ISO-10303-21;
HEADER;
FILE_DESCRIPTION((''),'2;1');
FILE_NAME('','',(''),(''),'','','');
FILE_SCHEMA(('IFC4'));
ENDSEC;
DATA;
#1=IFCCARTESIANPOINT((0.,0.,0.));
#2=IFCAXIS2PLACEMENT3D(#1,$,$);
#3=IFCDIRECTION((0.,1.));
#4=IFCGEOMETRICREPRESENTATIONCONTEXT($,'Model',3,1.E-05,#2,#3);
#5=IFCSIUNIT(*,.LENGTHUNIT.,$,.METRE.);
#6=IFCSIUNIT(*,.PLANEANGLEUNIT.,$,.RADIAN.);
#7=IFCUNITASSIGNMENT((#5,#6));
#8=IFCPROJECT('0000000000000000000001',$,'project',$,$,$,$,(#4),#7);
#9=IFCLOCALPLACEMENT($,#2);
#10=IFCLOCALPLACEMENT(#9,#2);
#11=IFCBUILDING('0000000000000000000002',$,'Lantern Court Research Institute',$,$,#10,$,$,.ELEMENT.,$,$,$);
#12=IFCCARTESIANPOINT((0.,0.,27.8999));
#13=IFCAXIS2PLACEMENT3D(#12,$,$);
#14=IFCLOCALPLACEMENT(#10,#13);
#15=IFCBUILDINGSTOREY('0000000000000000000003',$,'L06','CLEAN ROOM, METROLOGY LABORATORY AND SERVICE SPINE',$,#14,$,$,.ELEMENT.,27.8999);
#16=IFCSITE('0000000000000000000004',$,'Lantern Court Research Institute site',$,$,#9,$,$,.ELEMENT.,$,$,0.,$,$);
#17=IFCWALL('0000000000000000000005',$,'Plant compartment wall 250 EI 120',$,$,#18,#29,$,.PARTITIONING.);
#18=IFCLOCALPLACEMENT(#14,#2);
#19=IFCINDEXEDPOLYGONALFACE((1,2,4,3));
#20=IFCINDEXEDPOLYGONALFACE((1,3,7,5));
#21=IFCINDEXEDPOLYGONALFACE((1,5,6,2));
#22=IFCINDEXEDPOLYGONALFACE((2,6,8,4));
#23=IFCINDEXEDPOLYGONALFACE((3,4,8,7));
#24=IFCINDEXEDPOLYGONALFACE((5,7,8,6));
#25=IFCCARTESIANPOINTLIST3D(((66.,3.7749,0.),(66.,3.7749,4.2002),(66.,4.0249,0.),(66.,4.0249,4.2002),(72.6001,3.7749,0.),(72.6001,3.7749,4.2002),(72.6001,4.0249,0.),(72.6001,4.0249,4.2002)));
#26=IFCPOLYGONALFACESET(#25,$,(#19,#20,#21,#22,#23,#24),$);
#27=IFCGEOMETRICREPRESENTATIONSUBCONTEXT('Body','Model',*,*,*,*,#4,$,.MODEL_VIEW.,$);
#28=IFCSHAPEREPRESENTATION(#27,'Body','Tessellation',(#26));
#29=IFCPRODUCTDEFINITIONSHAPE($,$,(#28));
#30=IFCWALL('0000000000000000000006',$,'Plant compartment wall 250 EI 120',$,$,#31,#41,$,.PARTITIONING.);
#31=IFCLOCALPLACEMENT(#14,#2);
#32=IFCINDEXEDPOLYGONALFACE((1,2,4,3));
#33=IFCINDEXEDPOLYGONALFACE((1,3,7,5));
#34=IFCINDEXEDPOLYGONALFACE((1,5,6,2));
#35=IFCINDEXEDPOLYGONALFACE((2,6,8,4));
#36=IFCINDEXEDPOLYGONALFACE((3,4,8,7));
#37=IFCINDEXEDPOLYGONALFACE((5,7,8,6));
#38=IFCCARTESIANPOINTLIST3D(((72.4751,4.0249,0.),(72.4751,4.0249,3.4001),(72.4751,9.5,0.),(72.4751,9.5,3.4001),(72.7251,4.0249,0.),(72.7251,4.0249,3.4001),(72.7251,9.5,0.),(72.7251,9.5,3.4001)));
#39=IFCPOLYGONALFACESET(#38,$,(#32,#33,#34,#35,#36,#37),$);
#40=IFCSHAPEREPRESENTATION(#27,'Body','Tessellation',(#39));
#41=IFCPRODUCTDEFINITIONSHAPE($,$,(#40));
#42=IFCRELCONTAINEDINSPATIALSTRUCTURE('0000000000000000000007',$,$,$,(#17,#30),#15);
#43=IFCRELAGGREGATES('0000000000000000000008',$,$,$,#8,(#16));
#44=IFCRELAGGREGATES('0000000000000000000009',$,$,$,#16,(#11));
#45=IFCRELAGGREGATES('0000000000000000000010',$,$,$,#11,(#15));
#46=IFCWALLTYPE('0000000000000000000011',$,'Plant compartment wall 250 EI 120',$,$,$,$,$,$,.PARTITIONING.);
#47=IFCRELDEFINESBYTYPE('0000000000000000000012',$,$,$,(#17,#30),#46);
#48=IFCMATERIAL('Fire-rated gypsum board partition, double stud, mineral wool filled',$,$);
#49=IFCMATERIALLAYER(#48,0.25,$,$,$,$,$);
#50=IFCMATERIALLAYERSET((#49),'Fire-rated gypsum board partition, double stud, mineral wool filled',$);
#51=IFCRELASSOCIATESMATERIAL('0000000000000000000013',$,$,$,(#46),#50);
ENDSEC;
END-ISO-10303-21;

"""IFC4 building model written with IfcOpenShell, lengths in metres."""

from ifc_helpers import new_model, si_unit, direction, frame, frame_2d, origin, place, context, subcontext, project, spatial, rectangle, extrude, material, layer, layer_set, type_object, element, save


model = new_model("IFC4")

# Units and contexts
model_context = context("Model", 3, precision=1e-05, world=origin(), true_north=direction((0.0, 1.0)))
body_context = subcontext(model_context, "Body", "Model", "MODEL_VIEW")
ifc_project = project(units=[si_unit("LENGTHUNIT", "METRE"), si_unit("PLANEANGLEUNIT", "RADIAN")], contexts=[model_context])

# Site, building, storey
site_placement = place(None, origin())
site = spatial("IfcSite", under=ifc_project, at=site_placement, Name="Lantern Court Research Institute site", CompositionType="ELEMENT", RefElevation=0.0)
building_placement = place(site_placement, origin())
building = spatial("IfcBuilding", under=site, at=building_placement, Name="Lantern Court Research Institute", CompositionType="ELEMENT")
storey_placement = place(building_placement, frame((0.0, 0.0, 27.8999)))
storey = spatial("IfcBuildingStorey", under=building, at=storey_placement, Name="L06", Description="CLEAN ROOM, METROLOGY LABORATORY AND SERVICE SPINE", CompositionType="ELEMENT", Elevation=27.8999)

# Walls
ifc_material_1 = material(Name="Fire-rated gypsum board partition, double stud, mineral wool filled")
ifc_layer_1 = layer(ifc_material_1, 0.25)
ifc_layer_set_1 = layer_set([ifc_layer_1], Name="Fire-rated gypsum board partition, double stud, mineral wool filled")
wall_type_1 = type_object("IfcWallType", Name="Plant compartment wall 250 EI 120", PredefinedType="PARTITIONING", material=ifc_layer_set_1)
wall_1_placement = place(storey_placement, frame((72.6001, 3.8999, 0.0), z_axis=(0.0, 0.0, 1.0), x_axis=(-1.0, 0.0, 0.0)))
element("IfcWall", 1, at=wall_1_placement, inside=storey, type_object=wall_type_1, Name="Plant compartment wall 250 EI 120", PredefinedType="PARTITIONING", context=body_context, shape_type="SweptSolid", body=[
    extrude(rectangle(XDim=6.6001, YDim=0.25, at=frame_2d((3.3, 0.0))), origin(), (0.0, 0.0, 1.0), 4.2002),
])
wall_2_placement = place(storey_placement, frame((72.6001, 4.0249, 0.0), z_axis=(0.0, 0.0, 1.0), x_axis=(0.0, 1.0, 0.0)))
element("IfcWall", 2, at=wall_2_placement, inside=storey, type_object=wall_type_1, Name="Plant compartment wall 250 EI 120", PredefinedType="PARTITIONING", context=body_context, shape_type="SweptSolid", body=[
    extrude(rectangle(XDim=5.4751, YDim=0.25, at=frame_2d((2.7375, 0.0))), origin(), (0.0, 0.0, 1.0), 3.4001),
])

save(model, "model.ifc")
